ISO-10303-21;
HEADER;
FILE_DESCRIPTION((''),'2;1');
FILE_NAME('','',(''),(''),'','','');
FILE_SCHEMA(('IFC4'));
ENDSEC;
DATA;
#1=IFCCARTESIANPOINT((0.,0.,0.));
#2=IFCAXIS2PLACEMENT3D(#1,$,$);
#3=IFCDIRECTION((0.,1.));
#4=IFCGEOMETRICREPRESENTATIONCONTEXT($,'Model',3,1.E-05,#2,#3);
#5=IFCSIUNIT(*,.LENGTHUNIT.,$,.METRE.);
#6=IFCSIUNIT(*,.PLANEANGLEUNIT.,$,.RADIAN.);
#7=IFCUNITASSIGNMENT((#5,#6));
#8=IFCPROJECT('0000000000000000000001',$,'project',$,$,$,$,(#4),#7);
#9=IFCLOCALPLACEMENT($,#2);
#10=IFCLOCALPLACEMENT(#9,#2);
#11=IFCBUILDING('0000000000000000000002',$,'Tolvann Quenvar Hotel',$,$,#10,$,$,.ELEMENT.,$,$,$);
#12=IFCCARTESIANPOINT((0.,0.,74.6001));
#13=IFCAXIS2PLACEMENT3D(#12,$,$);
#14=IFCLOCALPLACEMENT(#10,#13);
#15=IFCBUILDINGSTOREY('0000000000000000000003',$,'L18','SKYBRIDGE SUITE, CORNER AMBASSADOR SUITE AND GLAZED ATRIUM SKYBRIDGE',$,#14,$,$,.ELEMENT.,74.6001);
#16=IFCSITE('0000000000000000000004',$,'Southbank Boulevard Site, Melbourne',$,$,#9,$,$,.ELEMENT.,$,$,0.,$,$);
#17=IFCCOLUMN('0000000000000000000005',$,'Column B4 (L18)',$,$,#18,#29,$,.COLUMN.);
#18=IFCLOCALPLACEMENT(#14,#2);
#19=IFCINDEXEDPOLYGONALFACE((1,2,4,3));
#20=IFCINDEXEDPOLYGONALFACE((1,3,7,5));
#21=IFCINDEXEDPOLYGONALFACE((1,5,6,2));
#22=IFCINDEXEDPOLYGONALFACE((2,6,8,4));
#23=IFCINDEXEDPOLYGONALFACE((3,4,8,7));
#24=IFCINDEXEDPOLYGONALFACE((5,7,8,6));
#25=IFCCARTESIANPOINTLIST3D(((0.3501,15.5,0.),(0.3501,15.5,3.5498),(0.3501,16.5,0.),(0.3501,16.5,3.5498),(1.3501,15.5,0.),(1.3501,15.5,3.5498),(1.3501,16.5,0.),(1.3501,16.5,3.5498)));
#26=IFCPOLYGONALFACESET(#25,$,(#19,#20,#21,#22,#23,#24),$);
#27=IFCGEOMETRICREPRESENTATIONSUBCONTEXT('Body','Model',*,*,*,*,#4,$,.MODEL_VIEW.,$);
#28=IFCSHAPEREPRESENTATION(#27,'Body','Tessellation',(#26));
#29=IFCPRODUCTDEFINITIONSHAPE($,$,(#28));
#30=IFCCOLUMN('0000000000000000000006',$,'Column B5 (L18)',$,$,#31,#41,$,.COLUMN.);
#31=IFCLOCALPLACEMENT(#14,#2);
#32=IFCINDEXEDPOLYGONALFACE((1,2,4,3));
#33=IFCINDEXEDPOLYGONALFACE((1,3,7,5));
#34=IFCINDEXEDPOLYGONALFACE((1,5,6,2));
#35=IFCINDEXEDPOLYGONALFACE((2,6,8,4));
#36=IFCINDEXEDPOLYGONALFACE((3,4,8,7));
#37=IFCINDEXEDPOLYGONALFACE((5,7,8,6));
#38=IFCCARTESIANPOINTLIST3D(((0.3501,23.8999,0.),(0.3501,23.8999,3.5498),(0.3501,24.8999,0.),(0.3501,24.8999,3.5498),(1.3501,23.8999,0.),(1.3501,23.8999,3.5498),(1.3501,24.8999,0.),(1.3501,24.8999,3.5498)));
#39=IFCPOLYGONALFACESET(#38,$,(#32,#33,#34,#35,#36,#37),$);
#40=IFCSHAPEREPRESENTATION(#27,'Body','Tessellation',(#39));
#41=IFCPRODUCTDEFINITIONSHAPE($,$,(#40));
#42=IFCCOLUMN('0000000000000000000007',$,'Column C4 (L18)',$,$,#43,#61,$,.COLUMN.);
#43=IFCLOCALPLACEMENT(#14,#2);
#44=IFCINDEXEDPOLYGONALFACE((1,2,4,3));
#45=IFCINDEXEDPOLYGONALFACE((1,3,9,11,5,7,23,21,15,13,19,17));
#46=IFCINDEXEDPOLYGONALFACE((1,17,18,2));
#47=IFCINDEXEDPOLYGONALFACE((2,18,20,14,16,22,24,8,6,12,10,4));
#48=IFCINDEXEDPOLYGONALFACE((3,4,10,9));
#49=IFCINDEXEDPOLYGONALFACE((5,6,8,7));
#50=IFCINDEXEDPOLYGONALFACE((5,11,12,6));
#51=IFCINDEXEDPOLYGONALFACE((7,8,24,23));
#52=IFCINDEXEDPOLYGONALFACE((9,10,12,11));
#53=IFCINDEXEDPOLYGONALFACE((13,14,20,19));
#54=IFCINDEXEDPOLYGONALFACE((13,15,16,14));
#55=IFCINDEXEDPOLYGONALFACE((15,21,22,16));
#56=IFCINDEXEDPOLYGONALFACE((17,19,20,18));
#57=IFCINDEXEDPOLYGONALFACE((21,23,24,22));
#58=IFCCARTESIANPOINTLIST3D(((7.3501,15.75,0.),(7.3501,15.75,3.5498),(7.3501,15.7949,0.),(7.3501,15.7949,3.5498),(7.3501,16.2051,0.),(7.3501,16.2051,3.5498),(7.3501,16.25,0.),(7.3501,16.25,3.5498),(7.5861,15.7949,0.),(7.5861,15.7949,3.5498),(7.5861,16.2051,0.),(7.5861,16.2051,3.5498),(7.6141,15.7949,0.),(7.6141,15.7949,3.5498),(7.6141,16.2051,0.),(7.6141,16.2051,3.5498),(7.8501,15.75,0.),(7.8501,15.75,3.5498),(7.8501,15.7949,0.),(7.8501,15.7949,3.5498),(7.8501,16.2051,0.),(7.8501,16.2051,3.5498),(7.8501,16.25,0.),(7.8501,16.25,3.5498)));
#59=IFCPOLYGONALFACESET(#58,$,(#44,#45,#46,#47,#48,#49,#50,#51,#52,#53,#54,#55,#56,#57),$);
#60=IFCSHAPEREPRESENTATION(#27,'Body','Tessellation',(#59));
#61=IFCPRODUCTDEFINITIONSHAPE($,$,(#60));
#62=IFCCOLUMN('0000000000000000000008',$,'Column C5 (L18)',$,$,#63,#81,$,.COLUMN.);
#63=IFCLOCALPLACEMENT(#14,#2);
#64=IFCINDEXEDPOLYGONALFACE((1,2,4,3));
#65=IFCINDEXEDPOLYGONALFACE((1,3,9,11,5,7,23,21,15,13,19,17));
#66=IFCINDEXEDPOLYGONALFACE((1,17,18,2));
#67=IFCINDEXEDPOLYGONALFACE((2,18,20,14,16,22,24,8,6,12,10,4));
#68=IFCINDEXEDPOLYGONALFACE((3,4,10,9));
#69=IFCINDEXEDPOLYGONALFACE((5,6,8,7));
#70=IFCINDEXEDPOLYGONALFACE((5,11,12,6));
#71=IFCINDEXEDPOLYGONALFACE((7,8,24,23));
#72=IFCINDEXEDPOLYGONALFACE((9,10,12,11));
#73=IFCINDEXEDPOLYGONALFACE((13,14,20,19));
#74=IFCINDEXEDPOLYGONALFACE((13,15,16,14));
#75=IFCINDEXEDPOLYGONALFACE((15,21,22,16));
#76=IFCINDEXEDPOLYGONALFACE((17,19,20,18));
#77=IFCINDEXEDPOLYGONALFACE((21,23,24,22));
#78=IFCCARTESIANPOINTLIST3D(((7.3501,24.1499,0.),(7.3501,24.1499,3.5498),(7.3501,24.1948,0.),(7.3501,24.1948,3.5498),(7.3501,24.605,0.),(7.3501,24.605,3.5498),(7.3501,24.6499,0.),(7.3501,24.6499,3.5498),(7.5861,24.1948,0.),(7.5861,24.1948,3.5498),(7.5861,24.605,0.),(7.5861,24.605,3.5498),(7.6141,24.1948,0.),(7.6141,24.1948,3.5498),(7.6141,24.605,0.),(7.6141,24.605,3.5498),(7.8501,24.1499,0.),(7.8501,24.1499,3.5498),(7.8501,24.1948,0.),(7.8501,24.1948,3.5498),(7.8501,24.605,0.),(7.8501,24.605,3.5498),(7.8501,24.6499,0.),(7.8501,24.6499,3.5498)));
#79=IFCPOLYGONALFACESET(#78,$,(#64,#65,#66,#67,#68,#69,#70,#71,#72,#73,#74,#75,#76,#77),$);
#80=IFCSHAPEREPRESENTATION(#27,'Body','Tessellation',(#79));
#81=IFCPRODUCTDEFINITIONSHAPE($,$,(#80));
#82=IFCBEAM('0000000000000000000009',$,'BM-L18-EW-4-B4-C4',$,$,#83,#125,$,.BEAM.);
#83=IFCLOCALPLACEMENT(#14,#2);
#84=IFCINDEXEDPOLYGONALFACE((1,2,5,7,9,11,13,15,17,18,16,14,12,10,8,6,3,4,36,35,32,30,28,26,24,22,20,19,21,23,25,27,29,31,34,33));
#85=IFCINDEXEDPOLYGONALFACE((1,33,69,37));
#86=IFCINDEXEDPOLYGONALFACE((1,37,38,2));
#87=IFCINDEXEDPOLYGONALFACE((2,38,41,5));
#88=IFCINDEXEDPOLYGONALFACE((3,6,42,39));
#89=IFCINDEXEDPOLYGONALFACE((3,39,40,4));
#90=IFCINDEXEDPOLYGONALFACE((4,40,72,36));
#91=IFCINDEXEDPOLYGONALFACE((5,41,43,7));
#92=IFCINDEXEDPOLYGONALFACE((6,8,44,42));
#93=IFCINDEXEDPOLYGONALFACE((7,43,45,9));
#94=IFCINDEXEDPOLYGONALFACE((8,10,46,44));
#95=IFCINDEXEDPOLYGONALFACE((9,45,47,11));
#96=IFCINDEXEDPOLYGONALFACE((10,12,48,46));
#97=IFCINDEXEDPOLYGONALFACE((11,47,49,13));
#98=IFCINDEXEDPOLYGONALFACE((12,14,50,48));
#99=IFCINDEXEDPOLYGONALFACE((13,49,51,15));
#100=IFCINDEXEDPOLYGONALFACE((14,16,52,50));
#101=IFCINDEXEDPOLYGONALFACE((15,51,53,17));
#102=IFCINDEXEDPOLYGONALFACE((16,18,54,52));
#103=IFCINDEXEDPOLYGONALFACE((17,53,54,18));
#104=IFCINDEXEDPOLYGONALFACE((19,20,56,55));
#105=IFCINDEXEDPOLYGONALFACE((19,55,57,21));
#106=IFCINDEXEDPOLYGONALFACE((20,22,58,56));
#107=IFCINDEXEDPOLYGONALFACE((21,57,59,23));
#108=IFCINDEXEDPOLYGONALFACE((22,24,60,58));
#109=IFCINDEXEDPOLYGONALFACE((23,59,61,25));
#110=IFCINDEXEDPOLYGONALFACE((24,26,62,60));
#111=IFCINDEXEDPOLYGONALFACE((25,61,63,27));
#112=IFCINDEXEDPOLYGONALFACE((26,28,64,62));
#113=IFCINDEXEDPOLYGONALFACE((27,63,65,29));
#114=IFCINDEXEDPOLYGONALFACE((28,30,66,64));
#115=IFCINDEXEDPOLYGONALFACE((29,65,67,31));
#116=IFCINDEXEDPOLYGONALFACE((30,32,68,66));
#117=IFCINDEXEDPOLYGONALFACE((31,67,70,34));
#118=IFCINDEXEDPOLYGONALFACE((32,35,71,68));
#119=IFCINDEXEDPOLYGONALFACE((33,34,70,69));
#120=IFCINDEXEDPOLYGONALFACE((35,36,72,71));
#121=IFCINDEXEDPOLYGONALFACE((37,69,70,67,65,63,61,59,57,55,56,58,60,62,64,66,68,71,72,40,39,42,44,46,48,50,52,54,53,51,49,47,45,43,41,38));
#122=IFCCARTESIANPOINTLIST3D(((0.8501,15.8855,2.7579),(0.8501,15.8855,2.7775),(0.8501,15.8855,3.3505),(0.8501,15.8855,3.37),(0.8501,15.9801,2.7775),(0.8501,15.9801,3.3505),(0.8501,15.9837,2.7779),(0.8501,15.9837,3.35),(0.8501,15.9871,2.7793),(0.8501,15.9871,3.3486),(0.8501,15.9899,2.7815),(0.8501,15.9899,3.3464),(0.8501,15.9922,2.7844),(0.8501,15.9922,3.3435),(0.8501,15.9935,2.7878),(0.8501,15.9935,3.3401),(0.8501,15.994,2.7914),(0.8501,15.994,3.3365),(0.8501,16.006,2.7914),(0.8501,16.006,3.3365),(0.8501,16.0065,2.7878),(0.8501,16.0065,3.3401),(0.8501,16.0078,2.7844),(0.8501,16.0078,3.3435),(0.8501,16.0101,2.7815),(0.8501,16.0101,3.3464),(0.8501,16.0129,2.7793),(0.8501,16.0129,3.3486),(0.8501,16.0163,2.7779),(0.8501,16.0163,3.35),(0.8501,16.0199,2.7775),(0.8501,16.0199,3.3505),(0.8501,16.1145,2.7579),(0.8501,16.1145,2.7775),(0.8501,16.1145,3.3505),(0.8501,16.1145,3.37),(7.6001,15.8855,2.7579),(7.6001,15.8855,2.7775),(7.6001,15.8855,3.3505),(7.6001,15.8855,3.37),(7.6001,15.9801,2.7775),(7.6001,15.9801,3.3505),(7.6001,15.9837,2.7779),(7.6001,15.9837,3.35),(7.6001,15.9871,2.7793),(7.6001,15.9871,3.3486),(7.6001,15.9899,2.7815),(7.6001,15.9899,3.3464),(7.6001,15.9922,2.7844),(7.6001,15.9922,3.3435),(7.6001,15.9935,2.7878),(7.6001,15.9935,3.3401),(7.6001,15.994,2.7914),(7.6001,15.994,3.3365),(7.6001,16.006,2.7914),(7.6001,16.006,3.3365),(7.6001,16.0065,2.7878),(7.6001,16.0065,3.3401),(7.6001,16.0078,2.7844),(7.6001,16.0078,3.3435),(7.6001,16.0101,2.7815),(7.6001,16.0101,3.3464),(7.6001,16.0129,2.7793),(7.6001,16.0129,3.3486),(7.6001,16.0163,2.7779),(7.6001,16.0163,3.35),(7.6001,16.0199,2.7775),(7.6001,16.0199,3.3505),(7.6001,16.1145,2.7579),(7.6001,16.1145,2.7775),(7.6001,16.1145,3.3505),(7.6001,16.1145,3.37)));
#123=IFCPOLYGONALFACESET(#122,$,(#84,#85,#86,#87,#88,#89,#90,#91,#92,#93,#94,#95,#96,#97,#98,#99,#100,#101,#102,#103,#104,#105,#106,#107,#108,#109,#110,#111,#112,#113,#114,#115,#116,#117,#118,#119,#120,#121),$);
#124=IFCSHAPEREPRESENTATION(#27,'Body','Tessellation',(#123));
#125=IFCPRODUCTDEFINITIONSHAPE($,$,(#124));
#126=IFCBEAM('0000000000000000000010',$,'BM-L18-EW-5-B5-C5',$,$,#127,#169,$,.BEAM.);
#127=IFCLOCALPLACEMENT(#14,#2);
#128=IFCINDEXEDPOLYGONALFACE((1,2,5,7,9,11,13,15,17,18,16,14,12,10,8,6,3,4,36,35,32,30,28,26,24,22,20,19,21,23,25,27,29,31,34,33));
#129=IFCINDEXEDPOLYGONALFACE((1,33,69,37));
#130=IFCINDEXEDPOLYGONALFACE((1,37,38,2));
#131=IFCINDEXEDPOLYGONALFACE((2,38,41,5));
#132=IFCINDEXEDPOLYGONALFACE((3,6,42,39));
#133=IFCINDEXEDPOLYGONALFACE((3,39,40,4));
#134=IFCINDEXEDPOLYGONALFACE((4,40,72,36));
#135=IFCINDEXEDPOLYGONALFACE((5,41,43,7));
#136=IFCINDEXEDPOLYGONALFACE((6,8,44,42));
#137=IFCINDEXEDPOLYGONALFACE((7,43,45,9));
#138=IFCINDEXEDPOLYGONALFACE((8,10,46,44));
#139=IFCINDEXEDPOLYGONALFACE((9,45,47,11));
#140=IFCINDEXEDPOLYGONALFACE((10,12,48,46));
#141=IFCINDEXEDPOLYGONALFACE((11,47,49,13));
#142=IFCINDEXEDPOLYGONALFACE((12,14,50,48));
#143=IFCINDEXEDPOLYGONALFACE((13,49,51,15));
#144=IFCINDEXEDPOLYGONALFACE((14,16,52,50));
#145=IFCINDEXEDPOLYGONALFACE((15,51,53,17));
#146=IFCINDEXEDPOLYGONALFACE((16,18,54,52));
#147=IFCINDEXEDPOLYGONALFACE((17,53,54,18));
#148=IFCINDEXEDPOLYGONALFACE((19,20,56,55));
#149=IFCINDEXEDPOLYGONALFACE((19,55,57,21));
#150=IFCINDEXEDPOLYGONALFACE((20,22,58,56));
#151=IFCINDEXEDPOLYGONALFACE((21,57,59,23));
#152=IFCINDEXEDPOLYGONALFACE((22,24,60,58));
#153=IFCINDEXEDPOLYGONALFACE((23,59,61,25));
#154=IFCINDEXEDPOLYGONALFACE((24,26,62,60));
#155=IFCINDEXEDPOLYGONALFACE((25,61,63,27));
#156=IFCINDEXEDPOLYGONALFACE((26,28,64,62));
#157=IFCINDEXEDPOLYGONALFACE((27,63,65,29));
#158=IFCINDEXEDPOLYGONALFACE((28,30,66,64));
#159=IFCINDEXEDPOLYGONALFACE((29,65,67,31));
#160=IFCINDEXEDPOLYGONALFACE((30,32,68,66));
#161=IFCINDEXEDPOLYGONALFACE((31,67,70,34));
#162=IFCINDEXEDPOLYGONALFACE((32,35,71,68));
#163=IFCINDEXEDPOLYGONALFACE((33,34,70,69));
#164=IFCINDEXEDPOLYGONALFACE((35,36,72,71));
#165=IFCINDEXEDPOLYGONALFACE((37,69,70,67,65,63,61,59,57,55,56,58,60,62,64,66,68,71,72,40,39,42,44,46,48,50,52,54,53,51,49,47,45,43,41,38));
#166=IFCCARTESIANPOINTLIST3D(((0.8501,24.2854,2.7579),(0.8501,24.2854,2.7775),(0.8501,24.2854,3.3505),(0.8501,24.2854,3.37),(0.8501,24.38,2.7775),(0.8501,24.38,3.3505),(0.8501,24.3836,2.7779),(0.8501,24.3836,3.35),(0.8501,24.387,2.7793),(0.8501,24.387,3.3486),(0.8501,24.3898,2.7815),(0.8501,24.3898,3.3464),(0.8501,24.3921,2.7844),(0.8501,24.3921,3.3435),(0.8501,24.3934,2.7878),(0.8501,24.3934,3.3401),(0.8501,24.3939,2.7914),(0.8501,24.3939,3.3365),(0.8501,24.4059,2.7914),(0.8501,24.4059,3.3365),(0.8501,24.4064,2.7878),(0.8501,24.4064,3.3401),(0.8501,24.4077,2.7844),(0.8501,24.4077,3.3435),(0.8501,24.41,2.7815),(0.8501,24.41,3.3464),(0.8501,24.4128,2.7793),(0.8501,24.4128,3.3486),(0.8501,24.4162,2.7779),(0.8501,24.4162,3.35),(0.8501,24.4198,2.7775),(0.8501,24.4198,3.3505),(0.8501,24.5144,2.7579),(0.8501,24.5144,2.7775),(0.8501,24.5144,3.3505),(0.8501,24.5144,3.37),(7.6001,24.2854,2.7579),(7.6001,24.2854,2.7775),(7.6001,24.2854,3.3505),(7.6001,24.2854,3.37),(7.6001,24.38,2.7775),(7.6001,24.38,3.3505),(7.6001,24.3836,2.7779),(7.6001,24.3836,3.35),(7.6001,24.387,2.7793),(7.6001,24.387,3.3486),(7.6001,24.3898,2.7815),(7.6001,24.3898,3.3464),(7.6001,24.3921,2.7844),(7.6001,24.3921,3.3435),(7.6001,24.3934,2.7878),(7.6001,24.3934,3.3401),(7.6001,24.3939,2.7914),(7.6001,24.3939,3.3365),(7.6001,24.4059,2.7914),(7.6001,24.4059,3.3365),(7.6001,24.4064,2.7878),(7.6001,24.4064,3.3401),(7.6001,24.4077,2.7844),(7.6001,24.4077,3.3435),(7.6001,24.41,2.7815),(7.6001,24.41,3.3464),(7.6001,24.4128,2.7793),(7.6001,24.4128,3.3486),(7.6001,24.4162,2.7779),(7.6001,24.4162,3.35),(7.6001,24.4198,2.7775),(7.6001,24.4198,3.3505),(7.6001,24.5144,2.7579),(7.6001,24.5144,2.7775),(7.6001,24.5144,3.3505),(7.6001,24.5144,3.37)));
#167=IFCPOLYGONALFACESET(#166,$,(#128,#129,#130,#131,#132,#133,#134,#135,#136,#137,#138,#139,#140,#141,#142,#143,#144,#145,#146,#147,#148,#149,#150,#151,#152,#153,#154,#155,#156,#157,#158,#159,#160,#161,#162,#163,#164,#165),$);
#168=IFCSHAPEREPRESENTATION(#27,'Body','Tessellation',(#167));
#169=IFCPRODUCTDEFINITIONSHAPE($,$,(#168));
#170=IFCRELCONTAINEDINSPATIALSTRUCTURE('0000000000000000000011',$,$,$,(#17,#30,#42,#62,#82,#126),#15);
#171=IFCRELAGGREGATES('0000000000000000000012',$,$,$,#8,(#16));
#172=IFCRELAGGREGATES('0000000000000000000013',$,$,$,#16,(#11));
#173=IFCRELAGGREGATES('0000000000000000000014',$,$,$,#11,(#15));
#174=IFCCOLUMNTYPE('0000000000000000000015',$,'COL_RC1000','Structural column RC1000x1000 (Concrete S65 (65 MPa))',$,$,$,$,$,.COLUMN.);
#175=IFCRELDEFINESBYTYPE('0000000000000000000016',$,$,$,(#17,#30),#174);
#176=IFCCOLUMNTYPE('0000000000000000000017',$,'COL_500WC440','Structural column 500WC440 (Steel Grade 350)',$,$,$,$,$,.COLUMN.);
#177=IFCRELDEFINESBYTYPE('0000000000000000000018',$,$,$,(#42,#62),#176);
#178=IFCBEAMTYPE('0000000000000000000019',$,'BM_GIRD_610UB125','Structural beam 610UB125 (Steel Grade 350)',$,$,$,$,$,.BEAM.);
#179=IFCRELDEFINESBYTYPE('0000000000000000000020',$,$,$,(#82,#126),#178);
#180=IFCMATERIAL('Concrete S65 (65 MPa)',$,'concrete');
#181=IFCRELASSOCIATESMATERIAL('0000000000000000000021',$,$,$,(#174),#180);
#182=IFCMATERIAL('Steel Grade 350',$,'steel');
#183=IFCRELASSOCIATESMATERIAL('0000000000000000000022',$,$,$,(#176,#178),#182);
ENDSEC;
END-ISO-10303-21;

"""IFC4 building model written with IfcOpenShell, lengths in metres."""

from ifc_helpers import new_model, si_unit, direction, frame, origin, origin_2d, place, context, subcontext, project, spatial, rectangle, i_section, extrude, source, transform, mapped, material, material_profile, profile_set, type_object, type_shapes, element, save


model = new_model("IFC4")

# Units and contexts
model_context = context("Model", 3, precision=1e-05, world=origin(), true_north=direction((0.0, 1.0)))
body_context = subcontext(model_context, "Body", "Model", "MODEL_VIEW")
ifc_project = project(units=[si_unit("LENGTHUNIT", "METRE"), si_unit("PLANEANGLEUNIT", "RADIAN")], contexts=[model_context])

# Site, building, storey
site_placement = place(None, origin())
site = spatial("IfcSite", under=ifc_project, at=site_placement, Name="Southbank Boulevard Site, Melbourne", CompositionType="ELEMENT", RefElevation=0.0)
building_placement = place(site_placement, origin())
building = spatial("IfcBuilding", under=site, at=building_placement, Name="Tolvann Quenvar Hotel", CompositionType="ELEMENT")
storey_placement = place(building_placement, frame((0.0, 0.0, 74.6001)))
storey = spatial("IfcBuildingStorey", under=building, at=storey_placement, Name="L18", Description="SKYBRIDGE SUITE, CORNER AMBASSADOR SUITE AND GLAZED ATRIUM SKYBRIDGE", CompositionType="ELEMENT", Elevation=74.6001)

# Columns
ifc_material_1 = material(Name="Concrete S65 (65 MPa)", Category="concrete")
ifc_material_profile_1 = material_profile(ifc_material_1, rectangle(XDim=1.0, YDim=1.0, at=origin_2d()), Name="RC1000x1000")
ifc_profile_set_1 = profile_set([ifc_material_profile_1], Name="Concrete S65 (65 MPa)")
column_type_1 = type_object("IfcColumnType", Name="COL_RC1000", Description="Structural column RC1000x1000 (Concrete S65 (65 MPa))", PredefinedType="COLUMN", material=ifc_profile_set_1)
shared_shape_1 = source(origin(), body_context, "Body", "SweptSolid", [
    extrude(rectangle(XDim=1.0, YDim=1.0, at=origin_2d()), origin(), (0.0, 0.0, 1.0), 3.5498),
])
type_shapes(column_type_1, [shared_shape_1])
for number, where, z_axis, x_axis, name in (
    (1, (0.8501, 16.0, 0.0), (0.0, 0.0, 1.0), (1.0, 0.0, 0.0), "Column B4 (L18)"),
    (2, (0.8501, 24.3999, 0.0), (0.0, 0.0, 1.0), (1.0, 0.0, 0.0), "Column B5 (L18)"),
):
    element("IfcColumn", number, at=place(storey_placement, frame(where, z_axis=z_axis, x_axis=x_axis)), inside=storey, type_object=column_type_1, Name=name, PredefinedType="COLUMN", context=body_context, shape_type="MappedRepresentation", body=[
        mapped(shared_shape_1, transform((0.0, 0.0, 0.0), x_axis=(1.0, 0.0, 0.0), y_axis=(0.0, 1.0, 0.0), z_axis=(0.0, 0.0, 1.0), scale=1.0)),
    ])
ifc_material_2 = material(Name="Steel Grade 350", Category="steel")
ifc_material_profile_2 = material_profile(ifc_material_2, i_section(OverallWidth=0.5, OverallDepth=0.5, WebThickness=0.0281, FlangeThickness=0.0449, at=origin_2d()), Name="500WC440")
ifc_profile_set_2 = profile_set([ifc_material_profile_2], Name="Steel Grade 350")
column_type_2 = type_object("IfcColumnType", Name="COL_500WC440", Description="Structural column 500WC440 (Steel Grade 350)", PredefinedType="COLUMN", material=ifc_profile_set_2)
shared_shape_2 = source(origin(), body_context, "Body", "SweptSolid", [
    extrude(i_section(OverallWidth=0.5, OverallDepth=0.5, WebThickness=0.0281, FlangeThickness=0.0449, at=origin_2d()), origin(), (0.0, 0.0, 1.0), 3.5498),
])
type_shapes(column_type_2, [shared_shape_2])
for number, where, z_axis, x_axis, name in (
    (3, (7.6001, 16.0, 0.0), (0.0, 0.0, 1.0), (1.0, 0.0, 0.0), "Column C4 (L18)"),
    (4, (7.6001, 24.3999, 0.0), (0.0, 0.0, 1.0), (1.0, 0.0, 0.0), "Column C5 (L18)"),
):
    element("IfcColumn", number, at=place(storey_placement, frame(where, z_axis=z_axis, x_axis=x_axis)), inside=storey, type_object=column_type_2, Name=name, PredefinedType="COLUMN", context=body_context, shape_type="MappedRepresentation", body=[
        mapped(shared_shape_2, transform((0.0, 0.0, 0.0), x_axis=(1.0, 0.0, 0.0), y_axis=(0.0, 1.0, 0.0), z_axis=(0.0, 0.0, 1.0), scale=1.0)),
    ])

# Beams
ifc_material_profile_3 = material_profile(ifc_material_2, i_section(OverallWidth=0.229, OverallDepth=0.6121, WebThickness=0.012, FlangeThickness=0.0195, FilletRadius=0.0139, at=origin_2d()), Name="610UB125")
ifc_profile_set_3 = profile_set([ifc_material_profile_3], Name="Steel Grade 350")
beam_type_1 = type_object("IfcBeamType", Name="BM_GIRD_610UB125", Description="Structural beam 610UB125 (Steel Grade 350)", PredefinedType="BEAM", material=ifc_profile_set_3)
shared_shape_3 = source(origin(), body_context, "Body", "SweptSolid", [
    extrude(i_section(OverallWidth=0.229, OverallDepth=0.6121, WebThickness=0.012, FlangeThickness=0.0195, FilletRadius=0.0139, at=origin_2d()), origin(), (0.0, 0.0, 1.0), 6.75),
])
for number, where, z_axis, x_axis, name in (
    (5, (0.8501, 16.0, 3.064), (1.0, 0.0, 0.0), (0.0, 1.0, 0.0), "BM-L18-EW-4-B4-C4"),
    (6, (0.8501, 24.3999, 3.064), (1.0, 0.0, 0.0), (0.0, 1.0, 0.0), "BM-L18-EW-5-B5-C5"),
):
    element("IfcBeam", number, at=place(storey_placement, frame(where, z_axis=z_axis, x_axis=x_axis)), inside=storey, type_object=beam_type_1, Name=name, PredefinedType="BEAM", context=body_context, shape_type="MappedRepresentation", body=[
        mapped(shared_shape_3, transform((0.0, 0.0, 0.0), x_axis=(1.0, 0.0, 0.0), y_axis=(0.0, 1.0, 0.0), z_axis=(0.0, 0.0, 1.0), scale=1.0)),
    ])

save(model, "model.ifc")
